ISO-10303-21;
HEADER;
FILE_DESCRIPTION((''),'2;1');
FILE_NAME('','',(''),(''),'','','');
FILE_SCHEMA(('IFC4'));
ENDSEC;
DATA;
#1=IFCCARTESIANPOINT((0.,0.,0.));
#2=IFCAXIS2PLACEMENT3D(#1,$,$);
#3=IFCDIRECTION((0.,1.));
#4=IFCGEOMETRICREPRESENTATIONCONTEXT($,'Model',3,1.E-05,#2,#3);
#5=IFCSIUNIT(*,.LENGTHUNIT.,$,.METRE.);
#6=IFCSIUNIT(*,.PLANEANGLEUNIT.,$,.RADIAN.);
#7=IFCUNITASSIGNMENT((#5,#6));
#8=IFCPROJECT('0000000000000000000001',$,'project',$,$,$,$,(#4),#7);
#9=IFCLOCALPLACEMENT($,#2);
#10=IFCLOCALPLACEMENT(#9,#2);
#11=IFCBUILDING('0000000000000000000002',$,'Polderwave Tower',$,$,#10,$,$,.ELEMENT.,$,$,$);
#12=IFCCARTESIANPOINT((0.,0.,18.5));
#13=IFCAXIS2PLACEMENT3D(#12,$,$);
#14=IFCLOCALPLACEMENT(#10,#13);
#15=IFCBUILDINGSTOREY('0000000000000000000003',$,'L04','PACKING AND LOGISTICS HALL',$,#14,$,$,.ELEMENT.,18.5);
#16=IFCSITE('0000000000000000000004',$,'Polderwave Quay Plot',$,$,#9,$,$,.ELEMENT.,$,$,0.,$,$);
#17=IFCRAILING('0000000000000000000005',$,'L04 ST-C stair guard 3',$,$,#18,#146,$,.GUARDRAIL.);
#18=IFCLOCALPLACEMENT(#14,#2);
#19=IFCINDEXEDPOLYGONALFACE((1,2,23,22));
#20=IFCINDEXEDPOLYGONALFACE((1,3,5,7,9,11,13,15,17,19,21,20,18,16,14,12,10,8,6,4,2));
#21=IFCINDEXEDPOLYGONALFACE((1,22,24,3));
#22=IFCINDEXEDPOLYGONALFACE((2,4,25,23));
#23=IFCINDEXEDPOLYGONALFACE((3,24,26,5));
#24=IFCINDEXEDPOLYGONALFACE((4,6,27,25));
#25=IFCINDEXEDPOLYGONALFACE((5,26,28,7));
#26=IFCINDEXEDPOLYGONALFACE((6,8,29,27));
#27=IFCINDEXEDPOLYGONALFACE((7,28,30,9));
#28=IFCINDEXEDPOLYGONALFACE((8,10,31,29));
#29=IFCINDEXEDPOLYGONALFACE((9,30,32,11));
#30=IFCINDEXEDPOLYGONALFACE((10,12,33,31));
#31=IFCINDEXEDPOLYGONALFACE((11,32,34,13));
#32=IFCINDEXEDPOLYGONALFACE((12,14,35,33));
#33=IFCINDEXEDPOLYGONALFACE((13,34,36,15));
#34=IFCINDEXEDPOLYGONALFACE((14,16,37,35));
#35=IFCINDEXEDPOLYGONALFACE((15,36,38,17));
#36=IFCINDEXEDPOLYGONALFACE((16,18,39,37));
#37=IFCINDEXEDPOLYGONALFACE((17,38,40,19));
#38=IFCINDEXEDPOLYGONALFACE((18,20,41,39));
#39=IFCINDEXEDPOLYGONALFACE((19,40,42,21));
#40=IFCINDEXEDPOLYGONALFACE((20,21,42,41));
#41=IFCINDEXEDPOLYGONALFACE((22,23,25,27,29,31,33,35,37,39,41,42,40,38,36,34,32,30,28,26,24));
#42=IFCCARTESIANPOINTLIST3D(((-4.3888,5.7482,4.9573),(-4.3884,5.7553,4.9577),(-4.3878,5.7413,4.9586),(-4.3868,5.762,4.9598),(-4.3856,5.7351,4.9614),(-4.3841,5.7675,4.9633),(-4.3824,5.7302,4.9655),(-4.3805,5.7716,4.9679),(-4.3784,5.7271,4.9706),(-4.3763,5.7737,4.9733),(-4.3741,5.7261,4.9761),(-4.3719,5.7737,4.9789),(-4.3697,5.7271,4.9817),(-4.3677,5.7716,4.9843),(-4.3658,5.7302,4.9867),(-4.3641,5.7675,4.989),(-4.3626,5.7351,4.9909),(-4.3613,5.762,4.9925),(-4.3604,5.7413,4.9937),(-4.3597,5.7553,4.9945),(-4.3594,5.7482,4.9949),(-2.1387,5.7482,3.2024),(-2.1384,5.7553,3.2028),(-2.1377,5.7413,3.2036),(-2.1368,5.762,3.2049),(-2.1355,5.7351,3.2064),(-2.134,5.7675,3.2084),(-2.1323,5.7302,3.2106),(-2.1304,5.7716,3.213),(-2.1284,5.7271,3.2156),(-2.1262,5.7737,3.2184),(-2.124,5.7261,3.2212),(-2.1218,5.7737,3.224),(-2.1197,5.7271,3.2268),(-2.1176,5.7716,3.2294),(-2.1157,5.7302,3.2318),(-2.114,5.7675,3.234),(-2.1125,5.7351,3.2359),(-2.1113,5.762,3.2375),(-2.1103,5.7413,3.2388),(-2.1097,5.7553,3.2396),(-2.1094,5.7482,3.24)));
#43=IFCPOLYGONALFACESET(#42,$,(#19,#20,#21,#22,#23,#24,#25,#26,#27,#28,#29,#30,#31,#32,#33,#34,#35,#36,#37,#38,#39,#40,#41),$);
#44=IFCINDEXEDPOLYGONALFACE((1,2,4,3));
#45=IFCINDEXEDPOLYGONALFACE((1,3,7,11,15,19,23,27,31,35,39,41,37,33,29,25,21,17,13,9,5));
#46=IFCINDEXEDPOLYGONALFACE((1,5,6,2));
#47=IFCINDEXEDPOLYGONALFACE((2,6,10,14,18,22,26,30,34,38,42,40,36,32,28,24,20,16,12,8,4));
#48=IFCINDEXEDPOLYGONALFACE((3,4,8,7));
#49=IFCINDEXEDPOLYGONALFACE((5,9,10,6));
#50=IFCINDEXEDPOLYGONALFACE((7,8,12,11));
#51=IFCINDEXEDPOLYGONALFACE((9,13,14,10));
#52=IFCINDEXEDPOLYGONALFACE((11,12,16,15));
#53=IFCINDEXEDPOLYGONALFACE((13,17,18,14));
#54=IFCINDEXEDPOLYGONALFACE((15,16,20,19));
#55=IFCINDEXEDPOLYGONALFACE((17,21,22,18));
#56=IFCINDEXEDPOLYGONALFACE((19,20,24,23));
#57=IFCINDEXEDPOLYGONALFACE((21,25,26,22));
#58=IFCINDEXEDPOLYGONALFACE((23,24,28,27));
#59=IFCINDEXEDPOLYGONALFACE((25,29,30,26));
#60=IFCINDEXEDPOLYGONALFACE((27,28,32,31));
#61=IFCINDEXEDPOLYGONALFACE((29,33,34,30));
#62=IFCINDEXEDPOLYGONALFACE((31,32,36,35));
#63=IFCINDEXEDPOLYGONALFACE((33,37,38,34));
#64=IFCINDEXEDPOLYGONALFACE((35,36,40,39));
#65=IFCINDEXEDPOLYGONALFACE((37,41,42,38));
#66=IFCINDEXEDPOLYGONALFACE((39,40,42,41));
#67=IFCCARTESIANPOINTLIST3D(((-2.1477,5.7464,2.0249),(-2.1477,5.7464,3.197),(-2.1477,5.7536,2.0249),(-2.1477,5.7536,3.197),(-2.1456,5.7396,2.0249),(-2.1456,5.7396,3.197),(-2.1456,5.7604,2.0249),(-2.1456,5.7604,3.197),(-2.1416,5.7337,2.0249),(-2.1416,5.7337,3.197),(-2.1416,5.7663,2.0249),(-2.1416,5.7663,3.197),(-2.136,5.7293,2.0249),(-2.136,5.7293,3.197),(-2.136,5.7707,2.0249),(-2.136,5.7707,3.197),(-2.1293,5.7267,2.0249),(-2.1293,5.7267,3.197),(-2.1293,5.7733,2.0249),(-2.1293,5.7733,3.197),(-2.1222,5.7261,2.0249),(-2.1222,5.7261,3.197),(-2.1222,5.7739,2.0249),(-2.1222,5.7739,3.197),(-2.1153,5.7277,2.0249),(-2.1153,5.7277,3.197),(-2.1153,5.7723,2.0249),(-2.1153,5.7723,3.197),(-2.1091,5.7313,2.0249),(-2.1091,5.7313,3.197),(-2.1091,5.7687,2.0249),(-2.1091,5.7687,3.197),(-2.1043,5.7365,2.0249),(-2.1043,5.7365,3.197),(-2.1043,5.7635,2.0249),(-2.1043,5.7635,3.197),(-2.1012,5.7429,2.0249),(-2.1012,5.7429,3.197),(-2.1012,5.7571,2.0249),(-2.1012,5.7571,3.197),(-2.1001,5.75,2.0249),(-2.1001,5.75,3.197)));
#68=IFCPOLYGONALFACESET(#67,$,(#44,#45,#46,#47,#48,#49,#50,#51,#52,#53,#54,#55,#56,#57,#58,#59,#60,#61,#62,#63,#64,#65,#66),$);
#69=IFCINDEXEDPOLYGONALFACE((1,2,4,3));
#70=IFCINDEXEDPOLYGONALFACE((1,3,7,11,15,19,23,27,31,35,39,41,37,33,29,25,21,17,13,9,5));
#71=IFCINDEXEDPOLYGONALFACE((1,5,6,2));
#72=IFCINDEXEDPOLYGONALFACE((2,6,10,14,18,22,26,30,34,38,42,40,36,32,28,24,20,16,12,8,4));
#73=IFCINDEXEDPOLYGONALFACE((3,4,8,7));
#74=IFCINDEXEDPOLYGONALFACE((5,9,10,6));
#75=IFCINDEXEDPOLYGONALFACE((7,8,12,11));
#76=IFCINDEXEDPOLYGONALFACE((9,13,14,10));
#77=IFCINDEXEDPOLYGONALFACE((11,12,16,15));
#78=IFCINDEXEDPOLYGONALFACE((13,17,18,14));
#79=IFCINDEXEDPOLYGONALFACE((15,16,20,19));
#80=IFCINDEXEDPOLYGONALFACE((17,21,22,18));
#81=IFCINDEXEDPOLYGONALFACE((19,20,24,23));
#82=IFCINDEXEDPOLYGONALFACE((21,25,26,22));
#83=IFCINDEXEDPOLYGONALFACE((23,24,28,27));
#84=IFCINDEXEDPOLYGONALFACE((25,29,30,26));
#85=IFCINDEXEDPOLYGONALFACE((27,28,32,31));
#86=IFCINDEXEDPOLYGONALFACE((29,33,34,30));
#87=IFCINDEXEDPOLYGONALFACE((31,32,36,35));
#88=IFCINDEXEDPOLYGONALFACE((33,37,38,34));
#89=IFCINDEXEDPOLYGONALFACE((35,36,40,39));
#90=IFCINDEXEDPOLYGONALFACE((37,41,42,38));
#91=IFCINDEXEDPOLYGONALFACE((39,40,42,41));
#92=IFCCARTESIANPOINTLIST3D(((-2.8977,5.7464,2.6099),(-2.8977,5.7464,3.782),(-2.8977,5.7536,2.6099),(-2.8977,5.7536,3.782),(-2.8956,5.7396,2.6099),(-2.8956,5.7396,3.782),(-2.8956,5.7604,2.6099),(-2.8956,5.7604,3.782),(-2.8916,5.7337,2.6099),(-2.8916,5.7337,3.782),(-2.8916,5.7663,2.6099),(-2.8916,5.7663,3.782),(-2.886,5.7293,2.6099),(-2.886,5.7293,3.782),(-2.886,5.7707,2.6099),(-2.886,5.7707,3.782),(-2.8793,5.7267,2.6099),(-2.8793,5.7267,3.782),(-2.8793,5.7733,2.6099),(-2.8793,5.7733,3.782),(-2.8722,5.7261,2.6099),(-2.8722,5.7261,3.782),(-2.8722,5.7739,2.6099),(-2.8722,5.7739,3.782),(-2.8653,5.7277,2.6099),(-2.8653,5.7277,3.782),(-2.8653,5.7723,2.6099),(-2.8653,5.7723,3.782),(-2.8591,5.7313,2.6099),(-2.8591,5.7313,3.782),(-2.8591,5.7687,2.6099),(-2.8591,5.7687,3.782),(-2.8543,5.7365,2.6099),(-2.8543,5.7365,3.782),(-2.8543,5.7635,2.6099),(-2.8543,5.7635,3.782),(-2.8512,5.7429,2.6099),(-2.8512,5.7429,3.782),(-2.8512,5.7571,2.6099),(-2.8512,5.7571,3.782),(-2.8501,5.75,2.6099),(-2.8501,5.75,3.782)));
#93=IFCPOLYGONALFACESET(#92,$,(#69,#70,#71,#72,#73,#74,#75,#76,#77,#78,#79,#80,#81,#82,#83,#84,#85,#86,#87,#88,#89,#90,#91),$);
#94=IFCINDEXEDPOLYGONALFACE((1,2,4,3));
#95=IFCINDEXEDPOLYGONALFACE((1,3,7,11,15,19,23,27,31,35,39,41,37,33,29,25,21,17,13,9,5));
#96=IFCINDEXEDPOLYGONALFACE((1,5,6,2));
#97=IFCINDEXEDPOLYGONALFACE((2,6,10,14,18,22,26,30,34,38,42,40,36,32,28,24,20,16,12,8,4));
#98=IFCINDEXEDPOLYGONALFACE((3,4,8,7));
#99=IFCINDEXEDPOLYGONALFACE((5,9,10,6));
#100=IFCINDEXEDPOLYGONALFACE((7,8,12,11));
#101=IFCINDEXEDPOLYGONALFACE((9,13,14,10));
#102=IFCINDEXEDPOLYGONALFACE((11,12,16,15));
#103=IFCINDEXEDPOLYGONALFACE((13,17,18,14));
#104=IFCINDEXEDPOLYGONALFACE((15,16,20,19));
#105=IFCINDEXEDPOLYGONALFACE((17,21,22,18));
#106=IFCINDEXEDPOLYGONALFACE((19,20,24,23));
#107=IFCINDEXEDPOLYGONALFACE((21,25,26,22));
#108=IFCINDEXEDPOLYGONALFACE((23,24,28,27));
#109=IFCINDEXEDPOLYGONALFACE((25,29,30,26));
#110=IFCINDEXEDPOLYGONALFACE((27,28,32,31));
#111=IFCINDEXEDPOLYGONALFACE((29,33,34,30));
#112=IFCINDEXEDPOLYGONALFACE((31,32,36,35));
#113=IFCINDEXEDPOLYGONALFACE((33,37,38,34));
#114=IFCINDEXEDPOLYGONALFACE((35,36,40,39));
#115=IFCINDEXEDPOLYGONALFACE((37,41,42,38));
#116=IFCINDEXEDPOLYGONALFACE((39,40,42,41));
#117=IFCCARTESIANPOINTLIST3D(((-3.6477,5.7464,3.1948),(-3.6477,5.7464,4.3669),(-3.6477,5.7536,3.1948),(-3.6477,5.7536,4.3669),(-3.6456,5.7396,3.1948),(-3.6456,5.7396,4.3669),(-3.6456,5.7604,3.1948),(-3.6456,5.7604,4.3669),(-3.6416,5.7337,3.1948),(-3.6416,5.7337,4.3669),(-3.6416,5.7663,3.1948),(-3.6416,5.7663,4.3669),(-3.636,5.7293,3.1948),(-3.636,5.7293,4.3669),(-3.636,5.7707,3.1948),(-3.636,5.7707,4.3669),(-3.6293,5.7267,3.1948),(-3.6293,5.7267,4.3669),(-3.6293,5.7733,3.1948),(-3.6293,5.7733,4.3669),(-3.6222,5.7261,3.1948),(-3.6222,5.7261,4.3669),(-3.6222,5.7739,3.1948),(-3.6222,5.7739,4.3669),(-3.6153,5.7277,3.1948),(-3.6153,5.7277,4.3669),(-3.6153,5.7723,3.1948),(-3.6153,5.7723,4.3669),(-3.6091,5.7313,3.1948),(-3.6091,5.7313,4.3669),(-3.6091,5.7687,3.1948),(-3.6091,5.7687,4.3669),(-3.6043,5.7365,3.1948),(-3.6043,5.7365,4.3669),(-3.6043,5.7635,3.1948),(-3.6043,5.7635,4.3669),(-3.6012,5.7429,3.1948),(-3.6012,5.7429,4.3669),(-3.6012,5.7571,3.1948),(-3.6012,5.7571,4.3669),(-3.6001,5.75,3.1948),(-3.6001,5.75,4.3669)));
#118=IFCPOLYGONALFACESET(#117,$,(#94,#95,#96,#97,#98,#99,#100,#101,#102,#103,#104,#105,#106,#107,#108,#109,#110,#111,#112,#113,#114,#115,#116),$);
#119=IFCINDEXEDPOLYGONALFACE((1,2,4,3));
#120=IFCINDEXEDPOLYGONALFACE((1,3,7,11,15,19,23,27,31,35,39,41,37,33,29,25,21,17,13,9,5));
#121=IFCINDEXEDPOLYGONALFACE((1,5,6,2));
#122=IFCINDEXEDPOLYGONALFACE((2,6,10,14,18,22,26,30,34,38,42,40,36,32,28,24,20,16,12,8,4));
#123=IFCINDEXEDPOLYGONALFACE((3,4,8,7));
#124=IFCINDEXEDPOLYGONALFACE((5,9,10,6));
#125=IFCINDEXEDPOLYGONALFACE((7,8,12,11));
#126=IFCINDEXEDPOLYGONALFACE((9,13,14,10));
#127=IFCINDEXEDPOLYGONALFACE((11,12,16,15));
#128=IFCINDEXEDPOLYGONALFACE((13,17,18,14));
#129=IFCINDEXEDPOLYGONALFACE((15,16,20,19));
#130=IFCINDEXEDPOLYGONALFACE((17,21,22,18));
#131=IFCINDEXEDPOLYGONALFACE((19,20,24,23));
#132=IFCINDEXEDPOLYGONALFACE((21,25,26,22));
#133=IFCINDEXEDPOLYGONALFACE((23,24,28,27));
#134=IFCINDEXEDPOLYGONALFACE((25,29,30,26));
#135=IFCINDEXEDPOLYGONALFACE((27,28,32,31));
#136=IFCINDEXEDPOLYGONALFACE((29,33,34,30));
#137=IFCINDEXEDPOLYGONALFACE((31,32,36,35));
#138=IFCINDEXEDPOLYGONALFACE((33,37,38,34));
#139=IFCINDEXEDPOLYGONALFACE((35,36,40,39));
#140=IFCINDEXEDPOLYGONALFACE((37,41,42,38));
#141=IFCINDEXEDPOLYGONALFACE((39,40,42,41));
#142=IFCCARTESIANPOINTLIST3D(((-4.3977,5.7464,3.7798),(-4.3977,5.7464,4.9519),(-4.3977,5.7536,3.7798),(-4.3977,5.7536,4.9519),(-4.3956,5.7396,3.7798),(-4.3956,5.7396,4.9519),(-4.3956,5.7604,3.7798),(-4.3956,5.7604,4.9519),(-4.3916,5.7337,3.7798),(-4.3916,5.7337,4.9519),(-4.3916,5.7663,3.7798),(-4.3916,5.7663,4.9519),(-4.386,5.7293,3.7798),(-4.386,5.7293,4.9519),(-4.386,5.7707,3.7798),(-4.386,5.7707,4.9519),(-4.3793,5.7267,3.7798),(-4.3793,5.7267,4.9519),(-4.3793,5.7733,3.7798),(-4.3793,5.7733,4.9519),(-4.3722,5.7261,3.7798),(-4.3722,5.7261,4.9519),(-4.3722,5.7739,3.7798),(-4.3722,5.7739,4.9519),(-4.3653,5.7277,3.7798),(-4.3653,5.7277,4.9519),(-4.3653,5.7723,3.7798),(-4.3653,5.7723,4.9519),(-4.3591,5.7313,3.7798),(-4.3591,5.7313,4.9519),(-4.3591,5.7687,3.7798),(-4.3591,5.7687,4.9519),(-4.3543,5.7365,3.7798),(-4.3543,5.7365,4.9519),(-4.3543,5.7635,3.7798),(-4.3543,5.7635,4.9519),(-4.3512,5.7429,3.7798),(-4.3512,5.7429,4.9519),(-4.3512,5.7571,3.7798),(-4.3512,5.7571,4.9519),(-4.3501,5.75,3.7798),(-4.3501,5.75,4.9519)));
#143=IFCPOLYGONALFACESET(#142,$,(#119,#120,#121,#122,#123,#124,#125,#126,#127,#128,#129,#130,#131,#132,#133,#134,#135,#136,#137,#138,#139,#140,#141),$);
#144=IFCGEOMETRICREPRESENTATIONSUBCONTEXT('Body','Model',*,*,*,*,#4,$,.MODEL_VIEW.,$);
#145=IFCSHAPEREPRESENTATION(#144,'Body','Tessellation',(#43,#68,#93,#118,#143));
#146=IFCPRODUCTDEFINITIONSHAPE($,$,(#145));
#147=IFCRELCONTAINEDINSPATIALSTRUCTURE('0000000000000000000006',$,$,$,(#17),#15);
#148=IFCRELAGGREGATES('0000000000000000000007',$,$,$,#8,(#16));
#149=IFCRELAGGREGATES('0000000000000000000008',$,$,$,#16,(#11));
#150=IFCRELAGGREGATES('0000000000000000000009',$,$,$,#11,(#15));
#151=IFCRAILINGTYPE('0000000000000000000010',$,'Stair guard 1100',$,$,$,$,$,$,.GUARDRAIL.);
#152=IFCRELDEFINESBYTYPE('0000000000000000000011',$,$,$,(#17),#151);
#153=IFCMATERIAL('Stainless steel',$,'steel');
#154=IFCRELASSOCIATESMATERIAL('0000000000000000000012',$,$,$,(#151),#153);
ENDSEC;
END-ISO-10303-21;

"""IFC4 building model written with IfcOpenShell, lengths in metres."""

from ifc_helpers import new_model, si_unit, direction, frame, origin, origin_2d, place, context, subcontext, project, spatial, circle, extrude, material, type_object, element, save


model = new_model("IFC4")

# Units and contexts
model_context = context("Model", 3, precision=1e-05, world=origin(), true_north=direction((0.0, 1.0)))
body_context = subcontext(model_context, "Body", "Model", "MODEL_VIEW")
ifc_project = project(units=[si_unit("LENGTHUNIT", "METRE"), si_unit("PLANEANGLEUNIT", "RADIAN")], contexts=[model_context])

# Site, building, storey
site_placement = place(None, origin())
site = spatial("IfcSite", under=ifc_project, at=site_placement, Name="Polderwave Quay Plot", CompositionType="ELEMENT", RefElevation=0.0)
building_placement = place(site_placement, origin())
building = spatial("IfcBuilding", under=site, at=building_placement, Name="Polderwave Tower", CompositionType="ELEMENT")
storey_placement = place(building_placement, frame((0.0, 0.0, 18.5)))
storey = spatial("IfcBuildingStorey", under=building, at=storey_placement, Name="L04", Description="PACKING AND LOGISTICS HALL", CompositionType="ELEMENT", Elevation=18.5)

# Railing
ifc_material_1 = material(Name="Stainless steel", Category="steel")
railing_type_1 = type_object("IfcRailingType", Name="Stair guard 1100", PredefinedType="GUARDRAIL", material=ifc_material_1)
railing_1_placement = place(storey_placement, frame((-2.124, 5.75, 2.0249)))
element("IfcRailing", 1, at=railing_1_placement, inside=storey, type_object=railing_type_1, Name="L04 ST-C stair guard 3", PredefinedType="GUARDRAIL", context=body_context, shape_type="SweptSolid", body=[
    extrude(circle(Radius=0.0239, at=origin_2d()), frame((0.0, 0.0, 1.1963), z_axis=(-0.788522, 0.0, 0.615006), x_axis=(0.0, -1.0, 0.0)), (0.0, 0.0, 1.0), 2.8535),
    extrude(circle(Radius=0.0239, at=origin_2d()), origin(), (0.0, 0.0, 1.0), 1.1721),
    extrude(circle(Radius=0.0239, at=origin_2d()), frame((-0.75, 0.0, 0.585)), (0.0, 0.0, 1.0), 1.1721),
    extrude(circle(Radius=0.0239, at=origin_2d()), frame((-1.5, 0.0, 1.1699)), (0.0, 0.0, 1.0), 1.1721),
    extrude(circle(Radius=0.0239, at=origin_2d()), frame((-2.25, 0.0, 1.7549)), (0.0, 0.0, 1.0), 1.1721),
])

save(model, "model.ifc")
